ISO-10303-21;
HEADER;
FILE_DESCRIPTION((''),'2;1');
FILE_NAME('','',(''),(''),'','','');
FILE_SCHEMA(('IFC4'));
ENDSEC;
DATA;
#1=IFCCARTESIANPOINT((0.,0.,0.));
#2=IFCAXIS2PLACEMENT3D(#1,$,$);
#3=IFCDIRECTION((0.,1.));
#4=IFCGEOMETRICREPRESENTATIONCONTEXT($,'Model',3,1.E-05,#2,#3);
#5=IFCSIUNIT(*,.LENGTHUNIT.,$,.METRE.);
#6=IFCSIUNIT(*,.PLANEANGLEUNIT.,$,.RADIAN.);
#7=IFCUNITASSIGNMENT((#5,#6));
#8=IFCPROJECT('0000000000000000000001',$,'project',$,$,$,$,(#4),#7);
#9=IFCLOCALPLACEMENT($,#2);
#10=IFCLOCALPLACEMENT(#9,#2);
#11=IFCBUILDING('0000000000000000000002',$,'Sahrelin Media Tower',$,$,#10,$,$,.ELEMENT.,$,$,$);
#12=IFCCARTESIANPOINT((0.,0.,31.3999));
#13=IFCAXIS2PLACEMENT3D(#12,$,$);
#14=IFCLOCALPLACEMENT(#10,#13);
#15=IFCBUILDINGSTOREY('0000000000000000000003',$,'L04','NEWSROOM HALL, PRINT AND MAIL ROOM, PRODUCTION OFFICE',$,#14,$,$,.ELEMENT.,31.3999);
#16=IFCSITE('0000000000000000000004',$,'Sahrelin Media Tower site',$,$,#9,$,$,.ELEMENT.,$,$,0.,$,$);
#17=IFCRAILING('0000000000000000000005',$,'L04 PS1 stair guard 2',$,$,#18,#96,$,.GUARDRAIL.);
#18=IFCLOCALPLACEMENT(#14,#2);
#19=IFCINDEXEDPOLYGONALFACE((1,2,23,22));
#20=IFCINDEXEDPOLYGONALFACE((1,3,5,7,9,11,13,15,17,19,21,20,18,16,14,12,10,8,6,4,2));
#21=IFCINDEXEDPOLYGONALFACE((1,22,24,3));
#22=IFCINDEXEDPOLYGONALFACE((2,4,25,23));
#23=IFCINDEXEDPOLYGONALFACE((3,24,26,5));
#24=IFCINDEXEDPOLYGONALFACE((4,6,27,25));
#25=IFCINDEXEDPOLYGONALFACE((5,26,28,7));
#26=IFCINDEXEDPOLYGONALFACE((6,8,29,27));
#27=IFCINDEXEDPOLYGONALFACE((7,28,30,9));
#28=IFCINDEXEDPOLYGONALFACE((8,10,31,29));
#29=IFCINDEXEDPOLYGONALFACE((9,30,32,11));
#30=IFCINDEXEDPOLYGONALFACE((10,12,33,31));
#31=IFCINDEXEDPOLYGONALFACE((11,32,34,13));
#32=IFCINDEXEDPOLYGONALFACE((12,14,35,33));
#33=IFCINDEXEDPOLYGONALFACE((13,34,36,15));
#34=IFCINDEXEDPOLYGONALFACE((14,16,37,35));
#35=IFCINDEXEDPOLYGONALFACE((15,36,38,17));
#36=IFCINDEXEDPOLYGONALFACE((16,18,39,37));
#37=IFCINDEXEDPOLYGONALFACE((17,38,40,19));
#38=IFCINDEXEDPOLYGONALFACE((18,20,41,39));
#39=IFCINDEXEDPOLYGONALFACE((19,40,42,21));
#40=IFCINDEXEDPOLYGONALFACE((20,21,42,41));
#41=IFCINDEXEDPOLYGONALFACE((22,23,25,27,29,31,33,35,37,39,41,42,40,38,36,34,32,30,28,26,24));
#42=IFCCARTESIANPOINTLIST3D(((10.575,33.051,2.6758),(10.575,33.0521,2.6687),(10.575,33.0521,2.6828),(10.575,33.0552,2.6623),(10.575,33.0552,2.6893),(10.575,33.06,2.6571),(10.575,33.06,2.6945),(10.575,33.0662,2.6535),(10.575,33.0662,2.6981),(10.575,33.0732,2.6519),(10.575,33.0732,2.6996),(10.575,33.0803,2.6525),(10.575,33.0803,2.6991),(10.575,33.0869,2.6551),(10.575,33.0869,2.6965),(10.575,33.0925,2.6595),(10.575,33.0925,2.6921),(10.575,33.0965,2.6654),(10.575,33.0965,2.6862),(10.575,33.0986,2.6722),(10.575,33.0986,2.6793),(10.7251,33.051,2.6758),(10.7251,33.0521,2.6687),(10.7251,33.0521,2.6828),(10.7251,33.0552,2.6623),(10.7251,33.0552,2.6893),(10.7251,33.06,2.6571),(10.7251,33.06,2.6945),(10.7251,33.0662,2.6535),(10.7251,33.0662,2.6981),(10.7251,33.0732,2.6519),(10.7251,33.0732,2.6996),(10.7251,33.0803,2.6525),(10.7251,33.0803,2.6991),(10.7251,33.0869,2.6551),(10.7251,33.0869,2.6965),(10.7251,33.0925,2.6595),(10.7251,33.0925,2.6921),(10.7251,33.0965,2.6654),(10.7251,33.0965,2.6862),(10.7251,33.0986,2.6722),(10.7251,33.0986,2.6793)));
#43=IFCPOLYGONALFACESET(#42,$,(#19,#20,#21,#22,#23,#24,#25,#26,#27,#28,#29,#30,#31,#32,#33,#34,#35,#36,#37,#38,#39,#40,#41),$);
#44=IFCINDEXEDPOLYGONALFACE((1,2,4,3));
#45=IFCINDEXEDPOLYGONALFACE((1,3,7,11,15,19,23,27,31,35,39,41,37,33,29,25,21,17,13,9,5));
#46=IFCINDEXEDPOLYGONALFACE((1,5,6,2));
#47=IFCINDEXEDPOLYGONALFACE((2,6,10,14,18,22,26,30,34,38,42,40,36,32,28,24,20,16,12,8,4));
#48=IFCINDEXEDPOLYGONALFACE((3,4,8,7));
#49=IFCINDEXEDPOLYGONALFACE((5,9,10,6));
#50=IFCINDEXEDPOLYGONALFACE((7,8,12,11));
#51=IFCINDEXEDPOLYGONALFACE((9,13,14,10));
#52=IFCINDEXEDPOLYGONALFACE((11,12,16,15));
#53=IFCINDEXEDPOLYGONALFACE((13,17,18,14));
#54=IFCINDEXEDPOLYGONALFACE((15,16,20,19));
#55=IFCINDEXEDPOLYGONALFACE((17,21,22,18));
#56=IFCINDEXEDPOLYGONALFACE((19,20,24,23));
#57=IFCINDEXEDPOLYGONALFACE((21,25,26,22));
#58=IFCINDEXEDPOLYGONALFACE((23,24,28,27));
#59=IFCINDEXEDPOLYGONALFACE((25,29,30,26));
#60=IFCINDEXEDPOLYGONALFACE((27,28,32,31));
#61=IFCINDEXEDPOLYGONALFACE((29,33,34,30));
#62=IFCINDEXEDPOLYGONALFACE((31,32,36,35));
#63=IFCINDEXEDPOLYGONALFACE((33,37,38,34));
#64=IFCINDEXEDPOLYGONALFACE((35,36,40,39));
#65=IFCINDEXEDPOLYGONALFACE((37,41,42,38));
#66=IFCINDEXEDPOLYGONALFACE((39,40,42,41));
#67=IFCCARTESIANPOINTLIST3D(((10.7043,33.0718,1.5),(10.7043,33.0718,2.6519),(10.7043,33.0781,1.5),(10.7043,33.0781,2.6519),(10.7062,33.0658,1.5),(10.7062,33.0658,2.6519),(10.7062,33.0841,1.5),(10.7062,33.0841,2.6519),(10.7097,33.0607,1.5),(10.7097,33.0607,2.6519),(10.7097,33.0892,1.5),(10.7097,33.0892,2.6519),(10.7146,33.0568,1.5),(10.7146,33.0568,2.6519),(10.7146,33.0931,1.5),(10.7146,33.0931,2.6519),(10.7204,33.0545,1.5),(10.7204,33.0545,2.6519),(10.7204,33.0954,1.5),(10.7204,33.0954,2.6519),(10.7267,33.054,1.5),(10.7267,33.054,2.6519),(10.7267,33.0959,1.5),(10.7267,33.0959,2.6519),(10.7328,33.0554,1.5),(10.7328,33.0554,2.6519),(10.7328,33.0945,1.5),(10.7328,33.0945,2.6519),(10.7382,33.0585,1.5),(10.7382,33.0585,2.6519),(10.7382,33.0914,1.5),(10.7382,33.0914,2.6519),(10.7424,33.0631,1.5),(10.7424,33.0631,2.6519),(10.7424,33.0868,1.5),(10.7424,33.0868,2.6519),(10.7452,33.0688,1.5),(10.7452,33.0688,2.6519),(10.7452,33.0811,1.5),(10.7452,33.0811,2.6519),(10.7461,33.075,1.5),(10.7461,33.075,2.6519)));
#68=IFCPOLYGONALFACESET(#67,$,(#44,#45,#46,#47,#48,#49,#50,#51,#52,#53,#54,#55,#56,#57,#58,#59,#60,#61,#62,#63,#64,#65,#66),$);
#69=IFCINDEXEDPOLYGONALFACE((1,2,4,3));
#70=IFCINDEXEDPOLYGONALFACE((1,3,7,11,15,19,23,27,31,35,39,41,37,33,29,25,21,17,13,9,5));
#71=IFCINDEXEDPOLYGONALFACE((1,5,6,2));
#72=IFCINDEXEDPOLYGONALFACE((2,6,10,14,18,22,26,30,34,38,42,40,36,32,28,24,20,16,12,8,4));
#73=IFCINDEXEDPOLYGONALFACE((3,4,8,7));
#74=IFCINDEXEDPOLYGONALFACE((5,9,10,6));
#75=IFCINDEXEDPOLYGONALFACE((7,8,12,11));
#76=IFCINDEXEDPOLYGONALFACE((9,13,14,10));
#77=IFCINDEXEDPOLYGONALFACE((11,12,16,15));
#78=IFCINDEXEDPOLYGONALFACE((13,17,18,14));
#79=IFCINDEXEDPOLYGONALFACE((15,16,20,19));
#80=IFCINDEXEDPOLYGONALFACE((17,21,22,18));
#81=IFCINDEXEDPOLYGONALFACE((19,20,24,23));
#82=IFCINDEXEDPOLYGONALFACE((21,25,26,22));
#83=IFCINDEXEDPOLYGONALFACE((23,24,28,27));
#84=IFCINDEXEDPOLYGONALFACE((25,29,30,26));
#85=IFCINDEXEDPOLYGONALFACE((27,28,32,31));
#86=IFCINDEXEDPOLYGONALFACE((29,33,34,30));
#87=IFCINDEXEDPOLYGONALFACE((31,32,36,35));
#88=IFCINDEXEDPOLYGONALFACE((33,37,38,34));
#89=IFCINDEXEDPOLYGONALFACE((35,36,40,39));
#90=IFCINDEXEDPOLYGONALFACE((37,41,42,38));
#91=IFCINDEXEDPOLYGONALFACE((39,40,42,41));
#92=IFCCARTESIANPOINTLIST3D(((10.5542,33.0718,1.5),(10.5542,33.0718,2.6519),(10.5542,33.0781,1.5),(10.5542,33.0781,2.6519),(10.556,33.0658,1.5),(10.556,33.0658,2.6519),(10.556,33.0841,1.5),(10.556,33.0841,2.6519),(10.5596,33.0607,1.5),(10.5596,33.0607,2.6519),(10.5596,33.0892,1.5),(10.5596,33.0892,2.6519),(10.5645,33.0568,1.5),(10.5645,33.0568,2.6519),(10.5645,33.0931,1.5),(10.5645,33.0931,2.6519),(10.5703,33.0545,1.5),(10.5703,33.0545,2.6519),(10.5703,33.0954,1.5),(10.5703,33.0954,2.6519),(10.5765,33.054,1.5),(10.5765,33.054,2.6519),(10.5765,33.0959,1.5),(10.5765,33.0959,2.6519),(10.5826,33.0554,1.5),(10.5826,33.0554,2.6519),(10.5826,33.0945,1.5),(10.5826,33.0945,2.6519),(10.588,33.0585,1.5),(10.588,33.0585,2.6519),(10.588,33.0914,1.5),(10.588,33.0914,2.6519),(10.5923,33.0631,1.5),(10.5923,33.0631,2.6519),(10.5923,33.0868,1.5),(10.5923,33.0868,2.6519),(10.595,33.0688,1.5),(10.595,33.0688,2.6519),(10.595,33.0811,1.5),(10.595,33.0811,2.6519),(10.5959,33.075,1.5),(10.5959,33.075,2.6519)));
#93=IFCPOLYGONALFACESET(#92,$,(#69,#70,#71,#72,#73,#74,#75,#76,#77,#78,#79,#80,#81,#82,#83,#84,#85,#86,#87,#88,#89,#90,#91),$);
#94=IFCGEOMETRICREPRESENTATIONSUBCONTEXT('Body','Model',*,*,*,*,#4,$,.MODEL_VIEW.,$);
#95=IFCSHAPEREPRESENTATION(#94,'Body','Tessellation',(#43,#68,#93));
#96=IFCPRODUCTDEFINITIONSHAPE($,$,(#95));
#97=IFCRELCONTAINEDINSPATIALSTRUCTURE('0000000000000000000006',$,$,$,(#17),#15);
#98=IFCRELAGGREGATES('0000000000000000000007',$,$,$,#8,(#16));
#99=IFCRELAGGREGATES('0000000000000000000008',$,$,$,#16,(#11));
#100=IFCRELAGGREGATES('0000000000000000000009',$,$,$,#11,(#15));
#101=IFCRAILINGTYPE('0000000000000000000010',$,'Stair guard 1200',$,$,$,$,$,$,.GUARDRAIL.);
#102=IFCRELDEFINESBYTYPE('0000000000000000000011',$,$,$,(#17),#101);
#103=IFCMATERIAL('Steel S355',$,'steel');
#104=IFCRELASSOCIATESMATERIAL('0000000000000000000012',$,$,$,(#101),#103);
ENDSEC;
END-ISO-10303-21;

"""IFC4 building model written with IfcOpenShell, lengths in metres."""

from ifc_helpers import new_model, si_unit, direction, frame, origin, origin_2d, place, context, subcontext, project, spatial, circle, extrude, material, type_object, element, save


model = new_model("IFC4")

# Units and contexts
model_context = context("Model", 3, precision=1e-05, world=origin(), true_north=direction((0.0, 1.0)))
body_context = subcontext(model_context, "Body", "Model", "MODEL_VIEW")
ifc_project = project(units=[si_unit("LENGTHUNIT", "METRE"), si_unit("PLANEANGLEUNIT", "RADIAN")], contexts=[model_context])

# Site, building, storey
site_placement = place(None, origin())
site = spatial("IfcSite", under=ifc_project, at=site_placement, Name="Sahrelin Media Tower site", CompositionType="ELEMENT", RefElevation=0.0)
building_placement = place(site_placement, origin())
building = spatial("IfcBuilding", under=site, at=building_placement, Name="Sahrelin Media Tower", CompositionType="ELEMENT")
storey_placement = place(building_placement, frame((0.0, 0.0, 31.3999)))
storey = spatial("IfcBuildingStorey", under=building, at=storey_placement, Name="L04", Description="NEWSROOM HALL, PRINT AND MAIL ROOM, PRODUCTION OFFICE", CompositionType="ELEMENT", Elevation=31.3999)

# Shared definitions
ifc_material_1 = material(Name="Steel S355", Category="steel")

# Railing
railing_type_1 = type_object("IfcRailingType", Name="Stair guard 1200", PredefinedType="GUARDRAIL", material=ifc_material_1)
railing_1_placement = place(storey_placement, frame((10.7251, 33.075, 1.5)))
element("IfcRailing", 1, at=railing_1_placement, inside=storey, type_object=railing_type_1, Name="L04 PS1 stair guard 2", PredefinedType="GUARDRAIL", context=body_context, shape_type="SweptSolid", body=[
    extrude(circle(Radius=0.0239, at=origin_2d()), frame((0.0, 0.0, 1.1758), z_axis=(-1.0, 0.0, 0.0), x_axis=(0.0, -1.0, 0.0)), (0.0, 0.0, 1.0), 0.1501),
    extrude(circle(Radius=0.021, at=origin_2d()), origin(), (0.0, 0.0, 1.0), 1.1519),
    extrude(circle(Radius=0.021, at=origin_2d()), frame((-0.1501, 0.0, 0.0)), (0.0, 0.0, 1.0), 1.1519),
])

save(model, "model.ifc")
